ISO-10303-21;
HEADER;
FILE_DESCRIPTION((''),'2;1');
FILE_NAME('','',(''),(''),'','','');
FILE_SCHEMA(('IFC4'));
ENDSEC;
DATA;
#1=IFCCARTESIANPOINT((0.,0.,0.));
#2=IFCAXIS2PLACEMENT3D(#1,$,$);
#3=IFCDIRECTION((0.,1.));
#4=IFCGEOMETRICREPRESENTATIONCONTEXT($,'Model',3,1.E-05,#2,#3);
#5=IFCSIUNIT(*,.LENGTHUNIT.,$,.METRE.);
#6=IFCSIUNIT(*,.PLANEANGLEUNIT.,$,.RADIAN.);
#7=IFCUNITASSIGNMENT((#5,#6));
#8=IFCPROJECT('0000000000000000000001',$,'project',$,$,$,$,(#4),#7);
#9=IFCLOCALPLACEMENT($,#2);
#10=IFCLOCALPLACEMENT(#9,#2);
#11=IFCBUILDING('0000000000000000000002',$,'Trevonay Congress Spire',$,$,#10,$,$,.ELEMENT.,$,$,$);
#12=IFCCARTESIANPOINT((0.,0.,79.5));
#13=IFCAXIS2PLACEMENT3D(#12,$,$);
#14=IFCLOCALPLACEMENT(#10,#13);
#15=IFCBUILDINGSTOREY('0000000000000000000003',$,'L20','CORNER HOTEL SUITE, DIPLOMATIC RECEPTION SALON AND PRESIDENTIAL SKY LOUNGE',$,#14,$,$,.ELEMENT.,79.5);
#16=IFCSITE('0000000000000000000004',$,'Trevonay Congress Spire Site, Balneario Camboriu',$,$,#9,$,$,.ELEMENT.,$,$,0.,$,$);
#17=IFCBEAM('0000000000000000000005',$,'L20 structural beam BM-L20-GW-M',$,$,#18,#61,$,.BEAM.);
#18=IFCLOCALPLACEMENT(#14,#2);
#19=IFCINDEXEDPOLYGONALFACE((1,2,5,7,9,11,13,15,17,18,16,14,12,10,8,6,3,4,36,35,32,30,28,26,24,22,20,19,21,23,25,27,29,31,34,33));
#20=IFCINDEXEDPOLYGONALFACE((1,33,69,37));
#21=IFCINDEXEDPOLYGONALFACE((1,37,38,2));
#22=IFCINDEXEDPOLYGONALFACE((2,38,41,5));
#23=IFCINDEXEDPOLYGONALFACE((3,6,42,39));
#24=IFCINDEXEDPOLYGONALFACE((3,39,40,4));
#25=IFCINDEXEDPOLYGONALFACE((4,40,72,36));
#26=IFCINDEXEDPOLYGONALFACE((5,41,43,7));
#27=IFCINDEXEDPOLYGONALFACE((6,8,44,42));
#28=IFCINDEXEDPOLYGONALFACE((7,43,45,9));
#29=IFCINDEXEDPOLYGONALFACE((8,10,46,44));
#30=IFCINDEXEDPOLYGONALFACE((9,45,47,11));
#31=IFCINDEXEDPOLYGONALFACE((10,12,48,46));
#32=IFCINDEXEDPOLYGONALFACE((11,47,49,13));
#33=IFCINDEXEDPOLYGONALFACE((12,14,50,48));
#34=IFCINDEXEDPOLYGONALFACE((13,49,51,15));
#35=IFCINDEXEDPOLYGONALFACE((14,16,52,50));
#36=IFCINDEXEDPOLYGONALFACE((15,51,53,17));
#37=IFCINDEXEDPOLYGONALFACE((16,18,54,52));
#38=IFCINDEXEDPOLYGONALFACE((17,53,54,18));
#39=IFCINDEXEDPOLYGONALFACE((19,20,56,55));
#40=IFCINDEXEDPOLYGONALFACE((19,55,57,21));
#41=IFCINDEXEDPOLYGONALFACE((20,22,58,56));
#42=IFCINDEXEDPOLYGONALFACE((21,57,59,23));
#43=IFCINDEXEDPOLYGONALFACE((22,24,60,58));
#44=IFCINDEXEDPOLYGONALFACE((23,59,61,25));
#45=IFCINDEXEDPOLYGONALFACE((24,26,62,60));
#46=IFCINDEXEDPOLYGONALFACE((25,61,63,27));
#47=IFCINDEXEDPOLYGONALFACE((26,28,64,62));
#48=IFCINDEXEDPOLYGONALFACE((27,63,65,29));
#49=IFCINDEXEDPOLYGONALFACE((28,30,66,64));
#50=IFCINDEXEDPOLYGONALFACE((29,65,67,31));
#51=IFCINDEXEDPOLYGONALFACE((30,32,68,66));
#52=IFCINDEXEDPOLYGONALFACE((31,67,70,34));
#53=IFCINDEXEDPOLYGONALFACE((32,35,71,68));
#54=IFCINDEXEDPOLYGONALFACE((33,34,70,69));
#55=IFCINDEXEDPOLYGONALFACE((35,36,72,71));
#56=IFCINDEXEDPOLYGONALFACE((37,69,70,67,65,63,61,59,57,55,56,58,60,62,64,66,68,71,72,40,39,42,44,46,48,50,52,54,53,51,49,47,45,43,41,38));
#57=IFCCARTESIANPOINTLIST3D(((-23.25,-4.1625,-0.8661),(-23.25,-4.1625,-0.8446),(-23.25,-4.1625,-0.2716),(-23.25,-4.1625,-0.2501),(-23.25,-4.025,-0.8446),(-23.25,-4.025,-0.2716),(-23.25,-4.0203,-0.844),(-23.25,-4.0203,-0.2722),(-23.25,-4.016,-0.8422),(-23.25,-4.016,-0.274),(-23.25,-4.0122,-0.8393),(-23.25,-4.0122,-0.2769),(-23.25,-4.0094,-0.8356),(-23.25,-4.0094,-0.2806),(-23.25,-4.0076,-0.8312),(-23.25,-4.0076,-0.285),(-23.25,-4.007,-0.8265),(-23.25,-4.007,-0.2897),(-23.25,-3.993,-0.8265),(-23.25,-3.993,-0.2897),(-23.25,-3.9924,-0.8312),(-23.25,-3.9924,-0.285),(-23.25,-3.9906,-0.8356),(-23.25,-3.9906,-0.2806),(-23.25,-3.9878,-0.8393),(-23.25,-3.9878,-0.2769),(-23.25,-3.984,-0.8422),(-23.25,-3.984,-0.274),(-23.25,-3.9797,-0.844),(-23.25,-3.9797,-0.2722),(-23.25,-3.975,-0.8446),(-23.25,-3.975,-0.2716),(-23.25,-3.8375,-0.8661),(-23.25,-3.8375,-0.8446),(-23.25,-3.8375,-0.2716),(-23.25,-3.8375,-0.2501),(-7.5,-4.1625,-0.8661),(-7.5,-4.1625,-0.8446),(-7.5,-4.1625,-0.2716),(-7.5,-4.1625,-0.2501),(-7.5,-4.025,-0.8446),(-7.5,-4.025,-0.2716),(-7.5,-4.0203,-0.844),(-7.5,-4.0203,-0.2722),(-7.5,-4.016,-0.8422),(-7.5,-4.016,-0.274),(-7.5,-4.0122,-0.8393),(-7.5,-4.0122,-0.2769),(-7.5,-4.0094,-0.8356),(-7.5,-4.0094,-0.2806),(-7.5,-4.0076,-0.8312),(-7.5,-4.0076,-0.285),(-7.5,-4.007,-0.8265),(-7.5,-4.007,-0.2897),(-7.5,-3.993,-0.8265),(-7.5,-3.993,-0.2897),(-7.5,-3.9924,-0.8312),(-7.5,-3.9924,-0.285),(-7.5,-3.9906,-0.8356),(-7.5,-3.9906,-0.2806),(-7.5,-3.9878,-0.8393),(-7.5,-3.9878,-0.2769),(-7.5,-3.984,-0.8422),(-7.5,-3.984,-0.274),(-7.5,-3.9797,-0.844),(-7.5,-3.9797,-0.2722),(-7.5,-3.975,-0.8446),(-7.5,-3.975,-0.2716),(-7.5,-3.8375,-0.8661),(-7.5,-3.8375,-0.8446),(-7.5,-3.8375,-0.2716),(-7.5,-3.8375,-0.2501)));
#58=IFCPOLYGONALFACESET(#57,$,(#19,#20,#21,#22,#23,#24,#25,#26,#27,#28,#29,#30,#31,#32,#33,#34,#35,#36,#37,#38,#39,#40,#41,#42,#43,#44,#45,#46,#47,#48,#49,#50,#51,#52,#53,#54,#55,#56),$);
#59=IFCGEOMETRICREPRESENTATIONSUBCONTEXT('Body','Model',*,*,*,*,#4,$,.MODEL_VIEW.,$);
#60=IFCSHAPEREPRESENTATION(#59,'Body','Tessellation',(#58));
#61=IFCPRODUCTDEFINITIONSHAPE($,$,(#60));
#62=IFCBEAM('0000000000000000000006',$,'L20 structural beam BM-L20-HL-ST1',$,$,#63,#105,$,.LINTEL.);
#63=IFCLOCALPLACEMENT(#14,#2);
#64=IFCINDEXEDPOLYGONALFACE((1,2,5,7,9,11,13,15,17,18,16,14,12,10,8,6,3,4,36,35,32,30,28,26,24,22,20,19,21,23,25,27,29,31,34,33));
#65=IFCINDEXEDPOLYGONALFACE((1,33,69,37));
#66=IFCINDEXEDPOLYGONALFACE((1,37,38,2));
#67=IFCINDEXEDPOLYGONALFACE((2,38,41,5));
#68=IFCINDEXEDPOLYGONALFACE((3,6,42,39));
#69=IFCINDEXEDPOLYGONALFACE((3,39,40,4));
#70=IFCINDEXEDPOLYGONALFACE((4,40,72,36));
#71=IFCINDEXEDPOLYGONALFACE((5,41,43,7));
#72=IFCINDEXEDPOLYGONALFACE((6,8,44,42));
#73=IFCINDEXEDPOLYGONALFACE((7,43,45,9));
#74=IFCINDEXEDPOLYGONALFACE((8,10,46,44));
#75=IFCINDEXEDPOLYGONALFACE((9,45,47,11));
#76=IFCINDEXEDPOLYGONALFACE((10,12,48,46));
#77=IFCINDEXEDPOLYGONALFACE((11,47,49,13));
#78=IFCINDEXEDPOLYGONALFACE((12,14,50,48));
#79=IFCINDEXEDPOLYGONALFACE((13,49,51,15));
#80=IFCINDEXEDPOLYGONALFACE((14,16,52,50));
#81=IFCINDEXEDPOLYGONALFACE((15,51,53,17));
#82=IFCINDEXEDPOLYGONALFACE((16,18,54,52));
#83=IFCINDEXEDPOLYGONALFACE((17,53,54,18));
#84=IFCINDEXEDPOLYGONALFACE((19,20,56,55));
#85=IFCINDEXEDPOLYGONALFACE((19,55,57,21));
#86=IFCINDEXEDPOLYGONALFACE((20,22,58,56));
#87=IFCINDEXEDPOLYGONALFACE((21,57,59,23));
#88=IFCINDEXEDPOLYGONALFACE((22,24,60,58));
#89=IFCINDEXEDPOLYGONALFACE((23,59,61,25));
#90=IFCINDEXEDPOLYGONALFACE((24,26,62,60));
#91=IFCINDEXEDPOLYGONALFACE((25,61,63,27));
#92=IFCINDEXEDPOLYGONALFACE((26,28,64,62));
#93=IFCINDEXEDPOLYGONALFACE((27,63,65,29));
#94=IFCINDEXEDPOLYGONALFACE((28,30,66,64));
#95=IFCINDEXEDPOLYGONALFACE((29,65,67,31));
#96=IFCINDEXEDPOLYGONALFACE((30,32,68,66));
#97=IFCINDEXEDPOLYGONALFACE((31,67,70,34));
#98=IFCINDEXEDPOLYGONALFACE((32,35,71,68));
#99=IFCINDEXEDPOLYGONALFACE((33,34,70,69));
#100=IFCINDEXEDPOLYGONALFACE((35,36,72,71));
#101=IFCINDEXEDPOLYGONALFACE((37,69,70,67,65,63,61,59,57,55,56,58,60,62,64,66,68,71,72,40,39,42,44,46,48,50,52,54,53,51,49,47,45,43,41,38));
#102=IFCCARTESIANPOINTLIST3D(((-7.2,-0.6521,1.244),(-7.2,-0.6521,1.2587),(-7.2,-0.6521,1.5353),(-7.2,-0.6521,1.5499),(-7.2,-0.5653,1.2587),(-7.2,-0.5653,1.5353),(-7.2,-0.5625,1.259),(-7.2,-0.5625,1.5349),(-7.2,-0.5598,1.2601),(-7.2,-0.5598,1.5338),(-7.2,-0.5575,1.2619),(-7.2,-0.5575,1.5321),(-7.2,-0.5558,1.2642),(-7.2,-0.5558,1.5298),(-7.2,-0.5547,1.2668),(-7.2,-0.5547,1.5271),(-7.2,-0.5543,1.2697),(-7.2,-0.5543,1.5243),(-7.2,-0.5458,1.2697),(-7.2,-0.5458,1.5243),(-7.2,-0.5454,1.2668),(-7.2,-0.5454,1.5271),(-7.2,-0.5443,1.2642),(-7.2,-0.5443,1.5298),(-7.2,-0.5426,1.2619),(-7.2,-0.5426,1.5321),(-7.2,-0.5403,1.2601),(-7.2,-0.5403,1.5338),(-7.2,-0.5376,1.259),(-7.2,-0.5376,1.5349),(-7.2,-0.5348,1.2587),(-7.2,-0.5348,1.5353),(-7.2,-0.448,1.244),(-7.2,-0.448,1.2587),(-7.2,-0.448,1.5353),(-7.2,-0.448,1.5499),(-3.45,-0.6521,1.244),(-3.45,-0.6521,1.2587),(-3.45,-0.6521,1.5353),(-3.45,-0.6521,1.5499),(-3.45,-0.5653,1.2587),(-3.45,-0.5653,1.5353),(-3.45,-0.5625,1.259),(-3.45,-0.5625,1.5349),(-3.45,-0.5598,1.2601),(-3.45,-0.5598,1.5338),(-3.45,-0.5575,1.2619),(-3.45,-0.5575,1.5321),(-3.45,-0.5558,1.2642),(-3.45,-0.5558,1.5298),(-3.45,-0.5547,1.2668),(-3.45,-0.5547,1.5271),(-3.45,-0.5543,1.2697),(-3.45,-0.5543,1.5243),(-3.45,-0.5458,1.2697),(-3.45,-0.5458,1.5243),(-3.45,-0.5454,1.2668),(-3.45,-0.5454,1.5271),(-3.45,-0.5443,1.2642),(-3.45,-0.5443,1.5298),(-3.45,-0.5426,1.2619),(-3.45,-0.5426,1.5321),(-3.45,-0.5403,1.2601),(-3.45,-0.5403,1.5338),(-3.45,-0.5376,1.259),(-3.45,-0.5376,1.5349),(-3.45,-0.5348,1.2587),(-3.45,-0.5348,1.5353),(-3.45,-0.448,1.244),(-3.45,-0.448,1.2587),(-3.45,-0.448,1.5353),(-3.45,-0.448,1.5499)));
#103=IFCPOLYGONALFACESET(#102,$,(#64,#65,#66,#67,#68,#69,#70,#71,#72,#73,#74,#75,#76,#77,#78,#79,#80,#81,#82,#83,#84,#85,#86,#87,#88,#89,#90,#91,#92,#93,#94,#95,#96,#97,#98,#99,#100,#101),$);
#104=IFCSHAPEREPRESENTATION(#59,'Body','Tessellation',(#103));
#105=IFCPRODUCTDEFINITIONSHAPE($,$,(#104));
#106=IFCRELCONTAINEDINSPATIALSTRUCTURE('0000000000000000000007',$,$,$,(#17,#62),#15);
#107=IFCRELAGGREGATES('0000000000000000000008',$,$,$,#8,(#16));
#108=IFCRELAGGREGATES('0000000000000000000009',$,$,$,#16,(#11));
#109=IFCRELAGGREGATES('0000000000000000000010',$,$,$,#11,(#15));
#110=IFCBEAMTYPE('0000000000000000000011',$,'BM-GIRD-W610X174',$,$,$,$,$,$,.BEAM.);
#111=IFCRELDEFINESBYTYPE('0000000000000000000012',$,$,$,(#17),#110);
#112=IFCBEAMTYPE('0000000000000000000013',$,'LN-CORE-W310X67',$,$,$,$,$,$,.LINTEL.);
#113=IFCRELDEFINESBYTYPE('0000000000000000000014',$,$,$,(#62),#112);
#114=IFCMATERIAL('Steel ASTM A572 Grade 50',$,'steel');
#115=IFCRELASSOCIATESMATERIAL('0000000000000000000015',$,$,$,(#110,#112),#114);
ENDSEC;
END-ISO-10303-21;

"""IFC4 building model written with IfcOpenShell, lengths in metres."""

from ifc_helpers import new_model, si_unit, direction, frame, origin, origin_2d, place, context, subcontext, project, spatial, i_section, extrude, material, material_profile, profile_set, type_object, element, save


model = new_model("IFC4")

# Units and contexts
model_context = context("Model", 3, precision=1e-05, world=origin(), true_north=direction((0.0, 1.0)))
body_context = subcontext(model_context, "Body", "Model", "MODEL_VIEW")
ifc_project = project(units=[si_unit("LENGTHUNIT", "METRE"), si_unit("PLANEANGLEUNIT", "RADIAN")], contexts=[model_context])

# Site, building, storey
site_placement = place(None, origin())
site = spatial("IfcSite", under=ifc_project, at=site_placement, Name="Trevonay Congress Spire Site, Balneario Camboriu", CompositionType="ELEMENT", RefElevation=0.0)
building_placement = place(site_placement, origin())
building = spatial("IfcBuilding", under=site, at=building_placement, Name="Trevonay Congress Spire", CompositionType="ELEMENT")
storey_placement = place(building_placement, frame((0.0, 0.0, 79.5)))
storey = spatial("IfcBuildingStorey", under=building, at=storey_placement, Name="L20", Description="CORNER HOTEL SUITE, DIPLOMATIC RECEPTION SALON AND PRESIDENTIAL SKY LOUNGE", CompositionType="ELEMENT", Elevation=79.5)

# Beams
ifc_material_1 = material(Name="Steel ASTM A572 Grade 50", Category="steel")
ifc_material_profile_1 = material_profile(ifc_material_1, i_section(OverallWidth=0.325, OverallDepth=0.616, WebThickness=0.0139, FlangeThickness=0.0215, FilletRadius=0.0181, at=origin_2d()), Name="W610x174")
ifc_profile_set_1 = profile_set([ifc_material_profile_1], Name="Steel ASTM A572 Grade 50")
beam_type_1 = type_object("IfcBeamType", Name="BM-GIRD-W610X174", PredefinedType="BEAM", material=ifc_profile_set_1)
beam_1_placement = place(storey_placement, frame((-7.5, -4.0, -0.5581), z_axis=(-1.0, 0.0, 0.0), x_axis=(0.0, -1.0, 0.0)))
element("IfcBeam", 1, at=beam_1_placement, inside=storey, type_object=beam_type_1, Name="L20 structural beam BM-L20-GW-M", PredefinedType="BEAM", context=body_context, shape_type="SweptSolid", body=[
    extrude(i_section(OverallWidth=0.325, OverallDepth=0.616, WebThickness=0.0139, FlangeThickness=0.0215, FilletRadius=0.0181, at=origin_2d()), origin(), (0.0, 0.0, 1.0), 15.75),
])
ifc_material_profile_2 = material_profile(ifc_material_1, i_section(OverallWidth=0.2041, OverallDepth=0.3059, WebThickness=0.0085, FlangeThickness=0.0146, FilletRadius=0.011, at=origin_2d()), Name="W310x67")
ifc_profile_set_2 = profile_set([ifc_material_profile_2], Name="Steel ASTM A572 Grade 50")
beam_type_2 = type_object("IfcBeamType", Name="LN-CORE-W310X67", PredefinedType="LINTEL", material=ifc_profile_set_2)
beam_2_placement = place(storey_placement, frame((-7.2, -0.55, 1.397), z_axis=(1.0, 0.0, 0.0), x_axis=(0.0, 1.0, 0.0)))
element("IfcBeam", 2, at=beam_2_placement, inside=storey, type_object=beam_type_2, Name="L20 structural beam BM-L20-HL-ST1", PredefinedType="LINTEL", context=body_context, shape_type="SweptSolid", body=[
    extrude(i_section(OverallWidth=0.2041, OverallDepth=0.3059, WebThickness=0.0085, FlangeThickness=0.0146, FilletRadius=0.011, at=origin_2d()), origin(), (0.0, 0.0, 1.0), 3.75),
])

save(model, "model.ifc")
